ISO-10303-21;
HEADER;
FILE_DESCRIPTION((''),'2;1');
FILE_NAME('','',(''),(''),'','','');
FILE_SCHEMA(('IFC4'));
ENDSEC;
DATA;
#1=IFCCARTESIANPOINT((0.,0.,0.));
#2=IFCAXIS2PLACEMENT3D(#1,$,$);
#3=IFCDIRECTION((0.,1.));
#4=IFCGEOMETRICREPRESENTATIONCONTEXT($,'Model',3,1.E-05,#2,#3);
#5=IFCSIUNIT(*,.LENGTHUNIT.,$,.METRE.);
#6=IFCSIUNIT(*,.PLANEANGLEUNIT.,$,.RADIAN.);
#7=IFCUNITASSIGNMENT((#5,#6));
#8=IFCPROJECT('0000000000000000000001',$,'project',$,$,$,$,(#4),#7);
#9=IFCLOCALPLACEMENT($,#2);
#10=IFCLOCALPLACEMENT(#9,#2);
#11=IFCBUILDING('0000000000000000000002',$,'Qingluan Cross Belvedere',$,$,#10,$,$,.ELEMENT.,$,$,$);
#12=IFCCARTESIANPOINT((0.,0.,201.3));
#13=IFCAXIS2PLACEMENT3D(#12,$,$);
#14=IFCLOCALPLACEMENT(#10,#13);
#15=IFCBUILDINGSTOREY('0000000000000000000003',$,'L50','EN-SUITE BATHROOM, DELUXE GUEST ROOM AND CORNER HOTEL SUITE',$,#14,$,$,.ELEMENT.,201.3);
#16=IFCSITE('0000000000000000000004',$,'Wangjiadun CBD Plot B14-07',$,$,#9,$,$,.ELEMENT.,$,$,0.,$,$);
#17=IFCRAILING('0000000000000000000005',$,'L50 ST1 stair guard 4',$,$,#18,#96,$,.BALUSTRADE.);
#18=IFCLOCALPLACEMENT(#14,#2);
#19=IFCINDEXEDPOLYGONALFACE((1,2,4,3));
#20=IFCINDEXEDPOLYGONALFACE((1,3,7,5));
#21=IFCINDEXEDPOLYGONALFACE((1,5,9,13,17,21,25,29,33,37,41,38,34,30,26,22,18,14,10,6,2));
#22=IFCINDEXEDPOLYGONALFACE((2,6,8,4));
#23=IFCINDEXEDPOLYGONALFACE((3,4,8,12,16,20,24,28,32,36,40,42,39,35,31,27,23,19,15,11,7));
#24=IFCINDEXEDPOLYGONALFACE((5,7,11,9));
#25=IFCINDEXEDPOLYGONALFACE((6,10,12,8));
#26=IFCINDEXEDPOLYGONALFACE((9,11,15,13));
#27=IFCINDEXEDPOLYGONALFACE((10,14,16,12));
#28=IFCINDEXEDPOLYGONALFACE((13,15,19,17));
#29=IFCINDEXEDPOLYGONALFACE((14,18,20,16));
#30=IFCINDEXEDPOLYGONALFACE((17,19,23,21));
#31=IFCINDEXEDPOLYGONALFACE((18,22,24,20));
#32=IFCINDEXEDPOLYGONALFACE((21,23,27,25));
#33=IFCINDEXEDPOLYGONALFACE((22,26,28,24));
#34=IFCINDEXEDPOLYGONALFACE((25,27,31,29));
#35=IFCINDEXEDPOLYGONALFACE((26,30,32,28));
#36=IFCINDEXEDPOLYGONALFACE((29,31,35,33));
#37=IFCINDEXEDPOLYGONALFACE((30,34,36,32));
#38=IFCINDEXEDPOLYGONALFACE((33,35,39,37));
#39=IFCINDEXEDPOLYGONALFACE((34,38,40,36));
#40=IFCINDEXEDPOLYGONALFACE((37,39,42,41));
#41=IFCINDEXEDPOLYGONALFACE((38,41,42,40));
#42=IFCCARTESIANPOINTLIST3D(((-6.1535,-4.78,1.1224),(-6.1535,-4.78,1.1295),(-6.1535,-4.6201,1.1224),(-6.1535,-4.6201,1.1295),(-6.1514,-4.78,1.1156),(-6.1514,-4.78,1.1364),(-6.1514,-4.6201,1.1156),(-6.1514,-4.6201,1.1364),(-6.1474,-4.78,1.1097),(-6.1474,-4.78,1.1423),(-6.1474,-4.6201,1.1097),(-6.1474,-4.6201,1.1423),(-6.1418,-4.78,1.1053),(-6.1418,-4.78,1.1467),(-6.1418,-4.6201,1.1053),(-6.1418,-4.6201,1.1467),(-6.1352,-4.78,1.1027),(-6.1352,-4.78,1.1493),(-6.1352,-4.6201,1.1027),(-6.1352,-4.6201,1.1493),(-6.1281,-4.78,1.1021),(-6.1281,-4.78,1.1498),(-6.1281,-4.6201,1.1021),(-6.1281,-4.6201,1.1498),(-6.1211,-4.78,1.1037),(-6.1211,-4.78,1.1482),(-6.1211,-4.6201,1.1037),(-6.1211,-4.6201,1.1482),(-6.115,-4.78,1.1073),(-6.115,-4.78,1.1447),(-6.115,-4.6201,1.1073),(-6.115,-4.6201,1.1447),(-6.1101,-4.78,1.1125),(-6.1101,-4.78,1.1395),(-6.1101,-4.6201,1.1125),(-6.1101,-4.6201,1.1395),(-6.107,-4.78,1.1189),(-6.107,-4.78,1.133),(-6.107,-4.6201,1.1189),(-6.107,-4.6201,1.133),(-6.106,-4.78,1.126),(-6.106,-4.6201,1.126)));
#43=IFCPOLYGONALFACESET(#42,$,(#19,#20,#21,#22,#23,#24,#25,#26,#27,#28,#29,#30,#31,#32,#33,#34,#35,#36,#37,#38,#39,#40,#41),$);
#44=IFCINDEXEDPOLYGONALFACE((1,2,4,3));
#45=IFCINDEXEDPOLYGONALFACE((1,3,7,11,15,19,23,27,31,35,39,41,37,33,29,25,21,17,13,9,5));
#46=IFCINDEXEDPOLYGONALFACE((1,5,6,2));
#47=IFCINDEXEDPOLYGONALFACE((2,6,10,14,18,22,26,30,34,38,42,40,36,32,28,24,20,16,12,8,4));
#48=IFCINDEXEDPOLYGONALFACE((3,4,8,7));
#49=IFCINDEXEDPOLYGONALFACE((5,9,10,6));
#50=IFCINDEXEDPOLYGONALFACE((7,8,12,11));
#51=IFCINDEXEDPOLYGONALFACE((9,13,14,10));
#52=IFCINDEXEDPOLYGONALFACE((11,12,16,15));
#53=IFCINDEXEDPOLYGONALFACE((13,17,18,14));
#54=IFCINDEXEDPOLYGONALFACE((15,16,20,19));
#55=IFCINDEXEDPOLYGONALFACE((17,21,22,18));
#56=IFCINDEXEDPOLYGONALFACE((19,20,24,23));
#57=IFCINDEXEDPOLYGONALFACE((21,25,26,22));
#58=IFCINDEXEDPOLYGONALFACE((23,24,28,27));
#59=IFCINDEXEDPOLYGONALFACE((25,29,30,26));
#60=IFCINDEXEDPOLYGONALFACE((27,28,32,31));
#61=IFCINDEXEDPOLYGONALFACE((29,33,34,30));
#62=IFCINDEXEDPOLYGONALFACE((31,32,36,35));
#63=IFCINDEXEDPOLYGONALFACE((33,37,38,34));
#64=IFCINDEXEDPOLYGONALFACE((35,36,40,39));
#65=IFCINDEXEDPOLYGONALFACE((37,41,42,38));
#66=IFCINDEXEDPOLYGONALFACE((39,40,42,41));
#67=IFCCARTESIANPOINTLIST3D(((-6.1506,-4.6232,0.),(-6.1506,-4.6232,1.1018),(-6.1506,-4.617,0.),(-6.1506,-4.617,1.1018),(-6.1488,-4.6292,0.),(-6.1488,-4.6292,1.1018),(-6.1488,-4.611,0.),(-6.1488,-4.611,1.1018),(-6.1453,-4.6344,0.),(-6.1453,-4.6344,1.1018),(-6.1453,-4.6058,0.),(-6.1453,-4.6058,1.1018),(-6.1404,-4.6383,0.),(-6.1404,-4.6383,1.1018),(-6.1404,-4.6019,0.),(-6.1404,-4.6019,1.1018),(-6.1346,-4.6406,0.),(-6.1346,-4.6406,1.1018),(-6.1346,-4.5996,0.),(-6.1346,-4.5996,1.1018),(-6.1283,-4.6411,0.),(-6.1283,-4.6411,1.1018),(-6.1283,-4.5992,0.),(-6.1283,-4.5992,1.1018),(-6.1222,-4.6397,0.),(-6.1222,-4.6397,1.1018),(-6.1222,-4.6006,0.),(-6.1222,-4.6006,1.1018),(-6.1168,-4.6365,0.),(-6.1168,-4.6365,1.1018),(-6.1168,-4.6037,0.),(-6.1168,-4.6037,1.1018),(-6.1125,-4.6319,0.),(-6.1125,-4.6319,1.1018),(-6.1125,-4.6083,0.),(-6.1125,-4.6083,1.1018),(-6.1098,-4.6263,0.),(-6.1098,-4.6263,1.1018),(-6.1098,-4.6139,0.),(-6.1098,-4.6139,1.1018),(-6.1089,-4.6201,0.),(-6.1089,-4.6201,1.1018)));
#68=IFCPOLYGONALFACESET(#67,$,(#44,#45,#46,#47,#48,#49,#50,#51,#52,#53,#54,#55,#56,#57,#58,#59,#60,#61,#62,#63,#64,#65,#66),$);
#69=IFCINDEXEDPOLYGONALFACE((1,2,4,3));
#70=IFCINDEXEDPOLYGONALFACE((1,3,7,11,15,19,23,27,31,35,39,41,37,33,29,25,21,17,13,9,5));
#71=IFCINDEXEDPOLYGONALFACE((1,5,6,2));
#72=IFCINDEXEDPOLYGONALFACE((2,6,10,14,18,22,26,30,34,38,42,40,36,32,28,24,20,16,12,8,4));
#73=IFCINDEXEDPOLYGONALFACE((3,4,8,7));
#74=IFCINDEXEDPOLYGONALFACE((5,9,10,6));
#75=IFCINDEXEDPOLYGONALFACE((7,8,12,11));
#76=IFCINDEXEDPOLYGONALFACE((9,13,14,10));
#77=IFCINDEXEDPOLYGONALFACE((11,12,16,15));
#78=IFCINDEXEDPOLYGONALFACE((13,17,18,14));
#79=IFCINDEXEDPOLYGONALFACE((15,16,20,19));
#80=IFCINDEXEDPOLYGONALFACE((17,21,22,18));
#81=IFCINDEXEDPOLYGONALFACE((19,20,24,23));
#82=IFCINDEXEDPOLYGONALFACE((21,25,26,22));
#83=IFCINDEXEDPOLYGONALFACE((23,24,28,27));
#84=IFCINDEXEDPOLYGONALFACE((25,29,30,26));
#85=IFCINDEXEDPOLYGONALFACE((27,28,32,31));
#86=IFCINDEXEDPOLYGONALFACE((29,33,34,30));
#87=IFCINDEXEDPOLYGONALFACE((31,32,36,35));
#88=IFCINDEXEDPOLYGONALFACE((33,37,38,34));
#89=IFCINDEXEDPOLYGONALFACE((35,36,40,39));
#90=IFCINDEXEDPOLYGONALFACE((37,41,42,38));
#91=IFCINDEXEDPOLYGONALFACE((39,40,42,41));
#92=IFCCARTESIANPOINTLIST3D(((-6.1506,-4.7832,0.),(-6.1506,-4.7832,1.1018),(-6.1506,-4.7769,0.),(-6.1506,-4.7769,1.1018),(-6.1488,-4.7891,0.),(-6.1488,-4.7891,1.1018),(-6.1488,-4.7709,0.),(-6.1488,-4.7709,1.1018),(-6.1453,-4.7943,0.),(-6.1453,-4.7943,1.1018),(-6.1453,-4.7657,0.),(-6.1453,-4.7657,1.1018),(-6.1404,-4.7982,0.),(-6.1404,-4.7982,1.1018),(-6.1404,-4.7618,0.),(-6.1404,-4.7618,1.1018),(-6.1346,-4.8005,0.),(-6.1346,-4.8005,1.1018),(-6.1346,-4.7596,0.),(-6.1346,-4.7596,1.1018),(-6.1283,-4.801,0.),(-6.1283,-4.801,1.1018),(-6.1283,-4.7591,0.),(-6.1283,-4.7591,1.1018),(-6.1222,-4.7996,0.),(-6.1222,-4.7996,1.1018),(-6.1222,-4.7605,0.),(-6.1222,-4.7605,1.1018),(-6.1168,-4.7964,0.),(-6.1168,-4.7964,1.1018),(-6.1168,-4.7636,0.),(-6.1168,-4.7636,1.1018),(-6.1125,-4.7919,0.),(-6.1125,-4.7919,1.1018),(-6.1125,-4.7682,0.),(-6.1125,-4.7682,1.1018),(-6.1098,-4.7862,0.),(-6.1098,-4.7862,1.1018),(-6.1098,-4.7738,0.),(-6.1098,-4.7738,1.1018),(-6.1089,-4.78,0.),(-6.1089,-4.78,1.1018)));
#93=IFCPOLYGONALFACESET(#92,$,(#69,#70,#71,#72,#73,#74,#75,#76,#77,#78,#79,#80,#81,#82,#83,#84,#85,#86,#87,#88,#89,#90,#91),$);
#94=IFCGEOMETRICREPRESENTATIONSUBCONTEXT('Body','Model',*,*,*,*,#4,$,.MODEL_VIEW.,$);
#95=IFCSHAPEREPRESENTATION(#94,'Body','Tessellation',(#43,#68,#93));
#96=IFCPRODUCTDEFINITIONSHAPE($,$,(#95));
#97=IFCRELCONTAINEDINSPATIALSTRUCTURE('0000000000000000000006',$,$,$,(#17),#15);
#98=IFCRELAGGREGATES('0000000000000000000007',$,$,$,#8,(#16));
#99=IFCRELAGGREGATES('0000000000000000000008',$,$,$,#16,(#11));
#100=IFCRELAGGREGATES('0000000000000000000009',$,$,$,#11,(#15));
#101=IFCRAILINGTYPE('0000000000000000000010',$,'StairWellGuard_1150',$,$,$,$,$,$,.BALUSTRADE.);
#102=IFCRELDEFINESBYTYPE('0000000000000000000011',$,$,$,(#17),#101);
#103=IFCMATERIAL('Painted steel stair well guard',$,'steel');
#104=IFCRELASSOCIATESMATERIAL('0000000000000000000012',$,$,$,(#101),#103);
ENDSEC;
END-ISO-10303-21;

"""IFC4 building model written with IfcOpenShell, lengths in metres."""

from ifc_helpers import new_model, si_unit, direction, frame, origin, origin_2d, place, context, subcontext, project, spatial, circle, extrude, material, type_object, element, save


model = new_model("IFC4")

# Units and contexts
model_context = context("Model", 3, precision=1e-05, world=origin(), true_north=direction((0.0, 1.0)))
body_context = subcontext(model_context, "Body", "Model", "MODEL_VIEW")
ifc_project = project(units=[si_unit("LENGTHUNIT", "METRE"), si_unit("PLANEANGLEUNIT", "RADIAN")], contexts=[model_context])

# Site, building, storey
site_placement = place(None, origin())
site = spatial("IfcSite", under=ifc_project, at=site_placement, Name="Wangjiadun CBD Plot B14-07", CompositionType="ELEMENT", RefElevation=0.0)
building_placement = place(site_placement, origin())
building = spatial("IfcBuilding", under=site, at=building_placement, Name="Qingluan Cross Belvedere", CompositionType="ELEMENT")
storey_placement = place(building_placement, frame((0.0, 0.0, 201.3)))
storey = spatial("IfcBuildingStorey", under=building, at=storey_placement, Name="L50", Description="EN-SUITE BATHROOM, DELUXE GUEST ROOM AND CORNER HOTEL SUITE", CompositionType="ELEMENT", Elevation=201.3)

# Railing
ifc_material_1 = material(Name="Painted steel stair well guard", Category="steel")
railing_type_1 = type_object("IfcRailingType", Name="StairWellGuard_1150", PredefinedType="BALUSTRADE", material=ifc_material_1)
railing_1_placement = place(storey_placement, frame((-6.1299, -4.6201, 0.0)))
element("IfcRailing", 1, at=railing_1_placement, inside=storey, type_object=railing_type_1, Name="L50 ST1 stair guard 4", PredefinedType="BALUSTRADE", context=body_context, shape_type="SweptSolid", body=[
    extrude(circle(Radius=0.0239, at=origin_2d()), frame((0.0, 0.0, 1.126), z_axis=(0.0, -1.0, 0.0), x_axis=(1.0, 0.0, 0.0)), (0.0, 0.0, 1.0), 0.1599),
    extrude(circle(Radius=0.021, at=origin_2d()), origin(), (0.0, 0.0, 1.0), 1.1018),
    extrude(circle(Radius=0.021, at=origin_2d()), frame((0.0, -0.1599, 0.0)), (0.0, 0.0, 1.0), 1.1018),
])

save(model, "model.ifc")
